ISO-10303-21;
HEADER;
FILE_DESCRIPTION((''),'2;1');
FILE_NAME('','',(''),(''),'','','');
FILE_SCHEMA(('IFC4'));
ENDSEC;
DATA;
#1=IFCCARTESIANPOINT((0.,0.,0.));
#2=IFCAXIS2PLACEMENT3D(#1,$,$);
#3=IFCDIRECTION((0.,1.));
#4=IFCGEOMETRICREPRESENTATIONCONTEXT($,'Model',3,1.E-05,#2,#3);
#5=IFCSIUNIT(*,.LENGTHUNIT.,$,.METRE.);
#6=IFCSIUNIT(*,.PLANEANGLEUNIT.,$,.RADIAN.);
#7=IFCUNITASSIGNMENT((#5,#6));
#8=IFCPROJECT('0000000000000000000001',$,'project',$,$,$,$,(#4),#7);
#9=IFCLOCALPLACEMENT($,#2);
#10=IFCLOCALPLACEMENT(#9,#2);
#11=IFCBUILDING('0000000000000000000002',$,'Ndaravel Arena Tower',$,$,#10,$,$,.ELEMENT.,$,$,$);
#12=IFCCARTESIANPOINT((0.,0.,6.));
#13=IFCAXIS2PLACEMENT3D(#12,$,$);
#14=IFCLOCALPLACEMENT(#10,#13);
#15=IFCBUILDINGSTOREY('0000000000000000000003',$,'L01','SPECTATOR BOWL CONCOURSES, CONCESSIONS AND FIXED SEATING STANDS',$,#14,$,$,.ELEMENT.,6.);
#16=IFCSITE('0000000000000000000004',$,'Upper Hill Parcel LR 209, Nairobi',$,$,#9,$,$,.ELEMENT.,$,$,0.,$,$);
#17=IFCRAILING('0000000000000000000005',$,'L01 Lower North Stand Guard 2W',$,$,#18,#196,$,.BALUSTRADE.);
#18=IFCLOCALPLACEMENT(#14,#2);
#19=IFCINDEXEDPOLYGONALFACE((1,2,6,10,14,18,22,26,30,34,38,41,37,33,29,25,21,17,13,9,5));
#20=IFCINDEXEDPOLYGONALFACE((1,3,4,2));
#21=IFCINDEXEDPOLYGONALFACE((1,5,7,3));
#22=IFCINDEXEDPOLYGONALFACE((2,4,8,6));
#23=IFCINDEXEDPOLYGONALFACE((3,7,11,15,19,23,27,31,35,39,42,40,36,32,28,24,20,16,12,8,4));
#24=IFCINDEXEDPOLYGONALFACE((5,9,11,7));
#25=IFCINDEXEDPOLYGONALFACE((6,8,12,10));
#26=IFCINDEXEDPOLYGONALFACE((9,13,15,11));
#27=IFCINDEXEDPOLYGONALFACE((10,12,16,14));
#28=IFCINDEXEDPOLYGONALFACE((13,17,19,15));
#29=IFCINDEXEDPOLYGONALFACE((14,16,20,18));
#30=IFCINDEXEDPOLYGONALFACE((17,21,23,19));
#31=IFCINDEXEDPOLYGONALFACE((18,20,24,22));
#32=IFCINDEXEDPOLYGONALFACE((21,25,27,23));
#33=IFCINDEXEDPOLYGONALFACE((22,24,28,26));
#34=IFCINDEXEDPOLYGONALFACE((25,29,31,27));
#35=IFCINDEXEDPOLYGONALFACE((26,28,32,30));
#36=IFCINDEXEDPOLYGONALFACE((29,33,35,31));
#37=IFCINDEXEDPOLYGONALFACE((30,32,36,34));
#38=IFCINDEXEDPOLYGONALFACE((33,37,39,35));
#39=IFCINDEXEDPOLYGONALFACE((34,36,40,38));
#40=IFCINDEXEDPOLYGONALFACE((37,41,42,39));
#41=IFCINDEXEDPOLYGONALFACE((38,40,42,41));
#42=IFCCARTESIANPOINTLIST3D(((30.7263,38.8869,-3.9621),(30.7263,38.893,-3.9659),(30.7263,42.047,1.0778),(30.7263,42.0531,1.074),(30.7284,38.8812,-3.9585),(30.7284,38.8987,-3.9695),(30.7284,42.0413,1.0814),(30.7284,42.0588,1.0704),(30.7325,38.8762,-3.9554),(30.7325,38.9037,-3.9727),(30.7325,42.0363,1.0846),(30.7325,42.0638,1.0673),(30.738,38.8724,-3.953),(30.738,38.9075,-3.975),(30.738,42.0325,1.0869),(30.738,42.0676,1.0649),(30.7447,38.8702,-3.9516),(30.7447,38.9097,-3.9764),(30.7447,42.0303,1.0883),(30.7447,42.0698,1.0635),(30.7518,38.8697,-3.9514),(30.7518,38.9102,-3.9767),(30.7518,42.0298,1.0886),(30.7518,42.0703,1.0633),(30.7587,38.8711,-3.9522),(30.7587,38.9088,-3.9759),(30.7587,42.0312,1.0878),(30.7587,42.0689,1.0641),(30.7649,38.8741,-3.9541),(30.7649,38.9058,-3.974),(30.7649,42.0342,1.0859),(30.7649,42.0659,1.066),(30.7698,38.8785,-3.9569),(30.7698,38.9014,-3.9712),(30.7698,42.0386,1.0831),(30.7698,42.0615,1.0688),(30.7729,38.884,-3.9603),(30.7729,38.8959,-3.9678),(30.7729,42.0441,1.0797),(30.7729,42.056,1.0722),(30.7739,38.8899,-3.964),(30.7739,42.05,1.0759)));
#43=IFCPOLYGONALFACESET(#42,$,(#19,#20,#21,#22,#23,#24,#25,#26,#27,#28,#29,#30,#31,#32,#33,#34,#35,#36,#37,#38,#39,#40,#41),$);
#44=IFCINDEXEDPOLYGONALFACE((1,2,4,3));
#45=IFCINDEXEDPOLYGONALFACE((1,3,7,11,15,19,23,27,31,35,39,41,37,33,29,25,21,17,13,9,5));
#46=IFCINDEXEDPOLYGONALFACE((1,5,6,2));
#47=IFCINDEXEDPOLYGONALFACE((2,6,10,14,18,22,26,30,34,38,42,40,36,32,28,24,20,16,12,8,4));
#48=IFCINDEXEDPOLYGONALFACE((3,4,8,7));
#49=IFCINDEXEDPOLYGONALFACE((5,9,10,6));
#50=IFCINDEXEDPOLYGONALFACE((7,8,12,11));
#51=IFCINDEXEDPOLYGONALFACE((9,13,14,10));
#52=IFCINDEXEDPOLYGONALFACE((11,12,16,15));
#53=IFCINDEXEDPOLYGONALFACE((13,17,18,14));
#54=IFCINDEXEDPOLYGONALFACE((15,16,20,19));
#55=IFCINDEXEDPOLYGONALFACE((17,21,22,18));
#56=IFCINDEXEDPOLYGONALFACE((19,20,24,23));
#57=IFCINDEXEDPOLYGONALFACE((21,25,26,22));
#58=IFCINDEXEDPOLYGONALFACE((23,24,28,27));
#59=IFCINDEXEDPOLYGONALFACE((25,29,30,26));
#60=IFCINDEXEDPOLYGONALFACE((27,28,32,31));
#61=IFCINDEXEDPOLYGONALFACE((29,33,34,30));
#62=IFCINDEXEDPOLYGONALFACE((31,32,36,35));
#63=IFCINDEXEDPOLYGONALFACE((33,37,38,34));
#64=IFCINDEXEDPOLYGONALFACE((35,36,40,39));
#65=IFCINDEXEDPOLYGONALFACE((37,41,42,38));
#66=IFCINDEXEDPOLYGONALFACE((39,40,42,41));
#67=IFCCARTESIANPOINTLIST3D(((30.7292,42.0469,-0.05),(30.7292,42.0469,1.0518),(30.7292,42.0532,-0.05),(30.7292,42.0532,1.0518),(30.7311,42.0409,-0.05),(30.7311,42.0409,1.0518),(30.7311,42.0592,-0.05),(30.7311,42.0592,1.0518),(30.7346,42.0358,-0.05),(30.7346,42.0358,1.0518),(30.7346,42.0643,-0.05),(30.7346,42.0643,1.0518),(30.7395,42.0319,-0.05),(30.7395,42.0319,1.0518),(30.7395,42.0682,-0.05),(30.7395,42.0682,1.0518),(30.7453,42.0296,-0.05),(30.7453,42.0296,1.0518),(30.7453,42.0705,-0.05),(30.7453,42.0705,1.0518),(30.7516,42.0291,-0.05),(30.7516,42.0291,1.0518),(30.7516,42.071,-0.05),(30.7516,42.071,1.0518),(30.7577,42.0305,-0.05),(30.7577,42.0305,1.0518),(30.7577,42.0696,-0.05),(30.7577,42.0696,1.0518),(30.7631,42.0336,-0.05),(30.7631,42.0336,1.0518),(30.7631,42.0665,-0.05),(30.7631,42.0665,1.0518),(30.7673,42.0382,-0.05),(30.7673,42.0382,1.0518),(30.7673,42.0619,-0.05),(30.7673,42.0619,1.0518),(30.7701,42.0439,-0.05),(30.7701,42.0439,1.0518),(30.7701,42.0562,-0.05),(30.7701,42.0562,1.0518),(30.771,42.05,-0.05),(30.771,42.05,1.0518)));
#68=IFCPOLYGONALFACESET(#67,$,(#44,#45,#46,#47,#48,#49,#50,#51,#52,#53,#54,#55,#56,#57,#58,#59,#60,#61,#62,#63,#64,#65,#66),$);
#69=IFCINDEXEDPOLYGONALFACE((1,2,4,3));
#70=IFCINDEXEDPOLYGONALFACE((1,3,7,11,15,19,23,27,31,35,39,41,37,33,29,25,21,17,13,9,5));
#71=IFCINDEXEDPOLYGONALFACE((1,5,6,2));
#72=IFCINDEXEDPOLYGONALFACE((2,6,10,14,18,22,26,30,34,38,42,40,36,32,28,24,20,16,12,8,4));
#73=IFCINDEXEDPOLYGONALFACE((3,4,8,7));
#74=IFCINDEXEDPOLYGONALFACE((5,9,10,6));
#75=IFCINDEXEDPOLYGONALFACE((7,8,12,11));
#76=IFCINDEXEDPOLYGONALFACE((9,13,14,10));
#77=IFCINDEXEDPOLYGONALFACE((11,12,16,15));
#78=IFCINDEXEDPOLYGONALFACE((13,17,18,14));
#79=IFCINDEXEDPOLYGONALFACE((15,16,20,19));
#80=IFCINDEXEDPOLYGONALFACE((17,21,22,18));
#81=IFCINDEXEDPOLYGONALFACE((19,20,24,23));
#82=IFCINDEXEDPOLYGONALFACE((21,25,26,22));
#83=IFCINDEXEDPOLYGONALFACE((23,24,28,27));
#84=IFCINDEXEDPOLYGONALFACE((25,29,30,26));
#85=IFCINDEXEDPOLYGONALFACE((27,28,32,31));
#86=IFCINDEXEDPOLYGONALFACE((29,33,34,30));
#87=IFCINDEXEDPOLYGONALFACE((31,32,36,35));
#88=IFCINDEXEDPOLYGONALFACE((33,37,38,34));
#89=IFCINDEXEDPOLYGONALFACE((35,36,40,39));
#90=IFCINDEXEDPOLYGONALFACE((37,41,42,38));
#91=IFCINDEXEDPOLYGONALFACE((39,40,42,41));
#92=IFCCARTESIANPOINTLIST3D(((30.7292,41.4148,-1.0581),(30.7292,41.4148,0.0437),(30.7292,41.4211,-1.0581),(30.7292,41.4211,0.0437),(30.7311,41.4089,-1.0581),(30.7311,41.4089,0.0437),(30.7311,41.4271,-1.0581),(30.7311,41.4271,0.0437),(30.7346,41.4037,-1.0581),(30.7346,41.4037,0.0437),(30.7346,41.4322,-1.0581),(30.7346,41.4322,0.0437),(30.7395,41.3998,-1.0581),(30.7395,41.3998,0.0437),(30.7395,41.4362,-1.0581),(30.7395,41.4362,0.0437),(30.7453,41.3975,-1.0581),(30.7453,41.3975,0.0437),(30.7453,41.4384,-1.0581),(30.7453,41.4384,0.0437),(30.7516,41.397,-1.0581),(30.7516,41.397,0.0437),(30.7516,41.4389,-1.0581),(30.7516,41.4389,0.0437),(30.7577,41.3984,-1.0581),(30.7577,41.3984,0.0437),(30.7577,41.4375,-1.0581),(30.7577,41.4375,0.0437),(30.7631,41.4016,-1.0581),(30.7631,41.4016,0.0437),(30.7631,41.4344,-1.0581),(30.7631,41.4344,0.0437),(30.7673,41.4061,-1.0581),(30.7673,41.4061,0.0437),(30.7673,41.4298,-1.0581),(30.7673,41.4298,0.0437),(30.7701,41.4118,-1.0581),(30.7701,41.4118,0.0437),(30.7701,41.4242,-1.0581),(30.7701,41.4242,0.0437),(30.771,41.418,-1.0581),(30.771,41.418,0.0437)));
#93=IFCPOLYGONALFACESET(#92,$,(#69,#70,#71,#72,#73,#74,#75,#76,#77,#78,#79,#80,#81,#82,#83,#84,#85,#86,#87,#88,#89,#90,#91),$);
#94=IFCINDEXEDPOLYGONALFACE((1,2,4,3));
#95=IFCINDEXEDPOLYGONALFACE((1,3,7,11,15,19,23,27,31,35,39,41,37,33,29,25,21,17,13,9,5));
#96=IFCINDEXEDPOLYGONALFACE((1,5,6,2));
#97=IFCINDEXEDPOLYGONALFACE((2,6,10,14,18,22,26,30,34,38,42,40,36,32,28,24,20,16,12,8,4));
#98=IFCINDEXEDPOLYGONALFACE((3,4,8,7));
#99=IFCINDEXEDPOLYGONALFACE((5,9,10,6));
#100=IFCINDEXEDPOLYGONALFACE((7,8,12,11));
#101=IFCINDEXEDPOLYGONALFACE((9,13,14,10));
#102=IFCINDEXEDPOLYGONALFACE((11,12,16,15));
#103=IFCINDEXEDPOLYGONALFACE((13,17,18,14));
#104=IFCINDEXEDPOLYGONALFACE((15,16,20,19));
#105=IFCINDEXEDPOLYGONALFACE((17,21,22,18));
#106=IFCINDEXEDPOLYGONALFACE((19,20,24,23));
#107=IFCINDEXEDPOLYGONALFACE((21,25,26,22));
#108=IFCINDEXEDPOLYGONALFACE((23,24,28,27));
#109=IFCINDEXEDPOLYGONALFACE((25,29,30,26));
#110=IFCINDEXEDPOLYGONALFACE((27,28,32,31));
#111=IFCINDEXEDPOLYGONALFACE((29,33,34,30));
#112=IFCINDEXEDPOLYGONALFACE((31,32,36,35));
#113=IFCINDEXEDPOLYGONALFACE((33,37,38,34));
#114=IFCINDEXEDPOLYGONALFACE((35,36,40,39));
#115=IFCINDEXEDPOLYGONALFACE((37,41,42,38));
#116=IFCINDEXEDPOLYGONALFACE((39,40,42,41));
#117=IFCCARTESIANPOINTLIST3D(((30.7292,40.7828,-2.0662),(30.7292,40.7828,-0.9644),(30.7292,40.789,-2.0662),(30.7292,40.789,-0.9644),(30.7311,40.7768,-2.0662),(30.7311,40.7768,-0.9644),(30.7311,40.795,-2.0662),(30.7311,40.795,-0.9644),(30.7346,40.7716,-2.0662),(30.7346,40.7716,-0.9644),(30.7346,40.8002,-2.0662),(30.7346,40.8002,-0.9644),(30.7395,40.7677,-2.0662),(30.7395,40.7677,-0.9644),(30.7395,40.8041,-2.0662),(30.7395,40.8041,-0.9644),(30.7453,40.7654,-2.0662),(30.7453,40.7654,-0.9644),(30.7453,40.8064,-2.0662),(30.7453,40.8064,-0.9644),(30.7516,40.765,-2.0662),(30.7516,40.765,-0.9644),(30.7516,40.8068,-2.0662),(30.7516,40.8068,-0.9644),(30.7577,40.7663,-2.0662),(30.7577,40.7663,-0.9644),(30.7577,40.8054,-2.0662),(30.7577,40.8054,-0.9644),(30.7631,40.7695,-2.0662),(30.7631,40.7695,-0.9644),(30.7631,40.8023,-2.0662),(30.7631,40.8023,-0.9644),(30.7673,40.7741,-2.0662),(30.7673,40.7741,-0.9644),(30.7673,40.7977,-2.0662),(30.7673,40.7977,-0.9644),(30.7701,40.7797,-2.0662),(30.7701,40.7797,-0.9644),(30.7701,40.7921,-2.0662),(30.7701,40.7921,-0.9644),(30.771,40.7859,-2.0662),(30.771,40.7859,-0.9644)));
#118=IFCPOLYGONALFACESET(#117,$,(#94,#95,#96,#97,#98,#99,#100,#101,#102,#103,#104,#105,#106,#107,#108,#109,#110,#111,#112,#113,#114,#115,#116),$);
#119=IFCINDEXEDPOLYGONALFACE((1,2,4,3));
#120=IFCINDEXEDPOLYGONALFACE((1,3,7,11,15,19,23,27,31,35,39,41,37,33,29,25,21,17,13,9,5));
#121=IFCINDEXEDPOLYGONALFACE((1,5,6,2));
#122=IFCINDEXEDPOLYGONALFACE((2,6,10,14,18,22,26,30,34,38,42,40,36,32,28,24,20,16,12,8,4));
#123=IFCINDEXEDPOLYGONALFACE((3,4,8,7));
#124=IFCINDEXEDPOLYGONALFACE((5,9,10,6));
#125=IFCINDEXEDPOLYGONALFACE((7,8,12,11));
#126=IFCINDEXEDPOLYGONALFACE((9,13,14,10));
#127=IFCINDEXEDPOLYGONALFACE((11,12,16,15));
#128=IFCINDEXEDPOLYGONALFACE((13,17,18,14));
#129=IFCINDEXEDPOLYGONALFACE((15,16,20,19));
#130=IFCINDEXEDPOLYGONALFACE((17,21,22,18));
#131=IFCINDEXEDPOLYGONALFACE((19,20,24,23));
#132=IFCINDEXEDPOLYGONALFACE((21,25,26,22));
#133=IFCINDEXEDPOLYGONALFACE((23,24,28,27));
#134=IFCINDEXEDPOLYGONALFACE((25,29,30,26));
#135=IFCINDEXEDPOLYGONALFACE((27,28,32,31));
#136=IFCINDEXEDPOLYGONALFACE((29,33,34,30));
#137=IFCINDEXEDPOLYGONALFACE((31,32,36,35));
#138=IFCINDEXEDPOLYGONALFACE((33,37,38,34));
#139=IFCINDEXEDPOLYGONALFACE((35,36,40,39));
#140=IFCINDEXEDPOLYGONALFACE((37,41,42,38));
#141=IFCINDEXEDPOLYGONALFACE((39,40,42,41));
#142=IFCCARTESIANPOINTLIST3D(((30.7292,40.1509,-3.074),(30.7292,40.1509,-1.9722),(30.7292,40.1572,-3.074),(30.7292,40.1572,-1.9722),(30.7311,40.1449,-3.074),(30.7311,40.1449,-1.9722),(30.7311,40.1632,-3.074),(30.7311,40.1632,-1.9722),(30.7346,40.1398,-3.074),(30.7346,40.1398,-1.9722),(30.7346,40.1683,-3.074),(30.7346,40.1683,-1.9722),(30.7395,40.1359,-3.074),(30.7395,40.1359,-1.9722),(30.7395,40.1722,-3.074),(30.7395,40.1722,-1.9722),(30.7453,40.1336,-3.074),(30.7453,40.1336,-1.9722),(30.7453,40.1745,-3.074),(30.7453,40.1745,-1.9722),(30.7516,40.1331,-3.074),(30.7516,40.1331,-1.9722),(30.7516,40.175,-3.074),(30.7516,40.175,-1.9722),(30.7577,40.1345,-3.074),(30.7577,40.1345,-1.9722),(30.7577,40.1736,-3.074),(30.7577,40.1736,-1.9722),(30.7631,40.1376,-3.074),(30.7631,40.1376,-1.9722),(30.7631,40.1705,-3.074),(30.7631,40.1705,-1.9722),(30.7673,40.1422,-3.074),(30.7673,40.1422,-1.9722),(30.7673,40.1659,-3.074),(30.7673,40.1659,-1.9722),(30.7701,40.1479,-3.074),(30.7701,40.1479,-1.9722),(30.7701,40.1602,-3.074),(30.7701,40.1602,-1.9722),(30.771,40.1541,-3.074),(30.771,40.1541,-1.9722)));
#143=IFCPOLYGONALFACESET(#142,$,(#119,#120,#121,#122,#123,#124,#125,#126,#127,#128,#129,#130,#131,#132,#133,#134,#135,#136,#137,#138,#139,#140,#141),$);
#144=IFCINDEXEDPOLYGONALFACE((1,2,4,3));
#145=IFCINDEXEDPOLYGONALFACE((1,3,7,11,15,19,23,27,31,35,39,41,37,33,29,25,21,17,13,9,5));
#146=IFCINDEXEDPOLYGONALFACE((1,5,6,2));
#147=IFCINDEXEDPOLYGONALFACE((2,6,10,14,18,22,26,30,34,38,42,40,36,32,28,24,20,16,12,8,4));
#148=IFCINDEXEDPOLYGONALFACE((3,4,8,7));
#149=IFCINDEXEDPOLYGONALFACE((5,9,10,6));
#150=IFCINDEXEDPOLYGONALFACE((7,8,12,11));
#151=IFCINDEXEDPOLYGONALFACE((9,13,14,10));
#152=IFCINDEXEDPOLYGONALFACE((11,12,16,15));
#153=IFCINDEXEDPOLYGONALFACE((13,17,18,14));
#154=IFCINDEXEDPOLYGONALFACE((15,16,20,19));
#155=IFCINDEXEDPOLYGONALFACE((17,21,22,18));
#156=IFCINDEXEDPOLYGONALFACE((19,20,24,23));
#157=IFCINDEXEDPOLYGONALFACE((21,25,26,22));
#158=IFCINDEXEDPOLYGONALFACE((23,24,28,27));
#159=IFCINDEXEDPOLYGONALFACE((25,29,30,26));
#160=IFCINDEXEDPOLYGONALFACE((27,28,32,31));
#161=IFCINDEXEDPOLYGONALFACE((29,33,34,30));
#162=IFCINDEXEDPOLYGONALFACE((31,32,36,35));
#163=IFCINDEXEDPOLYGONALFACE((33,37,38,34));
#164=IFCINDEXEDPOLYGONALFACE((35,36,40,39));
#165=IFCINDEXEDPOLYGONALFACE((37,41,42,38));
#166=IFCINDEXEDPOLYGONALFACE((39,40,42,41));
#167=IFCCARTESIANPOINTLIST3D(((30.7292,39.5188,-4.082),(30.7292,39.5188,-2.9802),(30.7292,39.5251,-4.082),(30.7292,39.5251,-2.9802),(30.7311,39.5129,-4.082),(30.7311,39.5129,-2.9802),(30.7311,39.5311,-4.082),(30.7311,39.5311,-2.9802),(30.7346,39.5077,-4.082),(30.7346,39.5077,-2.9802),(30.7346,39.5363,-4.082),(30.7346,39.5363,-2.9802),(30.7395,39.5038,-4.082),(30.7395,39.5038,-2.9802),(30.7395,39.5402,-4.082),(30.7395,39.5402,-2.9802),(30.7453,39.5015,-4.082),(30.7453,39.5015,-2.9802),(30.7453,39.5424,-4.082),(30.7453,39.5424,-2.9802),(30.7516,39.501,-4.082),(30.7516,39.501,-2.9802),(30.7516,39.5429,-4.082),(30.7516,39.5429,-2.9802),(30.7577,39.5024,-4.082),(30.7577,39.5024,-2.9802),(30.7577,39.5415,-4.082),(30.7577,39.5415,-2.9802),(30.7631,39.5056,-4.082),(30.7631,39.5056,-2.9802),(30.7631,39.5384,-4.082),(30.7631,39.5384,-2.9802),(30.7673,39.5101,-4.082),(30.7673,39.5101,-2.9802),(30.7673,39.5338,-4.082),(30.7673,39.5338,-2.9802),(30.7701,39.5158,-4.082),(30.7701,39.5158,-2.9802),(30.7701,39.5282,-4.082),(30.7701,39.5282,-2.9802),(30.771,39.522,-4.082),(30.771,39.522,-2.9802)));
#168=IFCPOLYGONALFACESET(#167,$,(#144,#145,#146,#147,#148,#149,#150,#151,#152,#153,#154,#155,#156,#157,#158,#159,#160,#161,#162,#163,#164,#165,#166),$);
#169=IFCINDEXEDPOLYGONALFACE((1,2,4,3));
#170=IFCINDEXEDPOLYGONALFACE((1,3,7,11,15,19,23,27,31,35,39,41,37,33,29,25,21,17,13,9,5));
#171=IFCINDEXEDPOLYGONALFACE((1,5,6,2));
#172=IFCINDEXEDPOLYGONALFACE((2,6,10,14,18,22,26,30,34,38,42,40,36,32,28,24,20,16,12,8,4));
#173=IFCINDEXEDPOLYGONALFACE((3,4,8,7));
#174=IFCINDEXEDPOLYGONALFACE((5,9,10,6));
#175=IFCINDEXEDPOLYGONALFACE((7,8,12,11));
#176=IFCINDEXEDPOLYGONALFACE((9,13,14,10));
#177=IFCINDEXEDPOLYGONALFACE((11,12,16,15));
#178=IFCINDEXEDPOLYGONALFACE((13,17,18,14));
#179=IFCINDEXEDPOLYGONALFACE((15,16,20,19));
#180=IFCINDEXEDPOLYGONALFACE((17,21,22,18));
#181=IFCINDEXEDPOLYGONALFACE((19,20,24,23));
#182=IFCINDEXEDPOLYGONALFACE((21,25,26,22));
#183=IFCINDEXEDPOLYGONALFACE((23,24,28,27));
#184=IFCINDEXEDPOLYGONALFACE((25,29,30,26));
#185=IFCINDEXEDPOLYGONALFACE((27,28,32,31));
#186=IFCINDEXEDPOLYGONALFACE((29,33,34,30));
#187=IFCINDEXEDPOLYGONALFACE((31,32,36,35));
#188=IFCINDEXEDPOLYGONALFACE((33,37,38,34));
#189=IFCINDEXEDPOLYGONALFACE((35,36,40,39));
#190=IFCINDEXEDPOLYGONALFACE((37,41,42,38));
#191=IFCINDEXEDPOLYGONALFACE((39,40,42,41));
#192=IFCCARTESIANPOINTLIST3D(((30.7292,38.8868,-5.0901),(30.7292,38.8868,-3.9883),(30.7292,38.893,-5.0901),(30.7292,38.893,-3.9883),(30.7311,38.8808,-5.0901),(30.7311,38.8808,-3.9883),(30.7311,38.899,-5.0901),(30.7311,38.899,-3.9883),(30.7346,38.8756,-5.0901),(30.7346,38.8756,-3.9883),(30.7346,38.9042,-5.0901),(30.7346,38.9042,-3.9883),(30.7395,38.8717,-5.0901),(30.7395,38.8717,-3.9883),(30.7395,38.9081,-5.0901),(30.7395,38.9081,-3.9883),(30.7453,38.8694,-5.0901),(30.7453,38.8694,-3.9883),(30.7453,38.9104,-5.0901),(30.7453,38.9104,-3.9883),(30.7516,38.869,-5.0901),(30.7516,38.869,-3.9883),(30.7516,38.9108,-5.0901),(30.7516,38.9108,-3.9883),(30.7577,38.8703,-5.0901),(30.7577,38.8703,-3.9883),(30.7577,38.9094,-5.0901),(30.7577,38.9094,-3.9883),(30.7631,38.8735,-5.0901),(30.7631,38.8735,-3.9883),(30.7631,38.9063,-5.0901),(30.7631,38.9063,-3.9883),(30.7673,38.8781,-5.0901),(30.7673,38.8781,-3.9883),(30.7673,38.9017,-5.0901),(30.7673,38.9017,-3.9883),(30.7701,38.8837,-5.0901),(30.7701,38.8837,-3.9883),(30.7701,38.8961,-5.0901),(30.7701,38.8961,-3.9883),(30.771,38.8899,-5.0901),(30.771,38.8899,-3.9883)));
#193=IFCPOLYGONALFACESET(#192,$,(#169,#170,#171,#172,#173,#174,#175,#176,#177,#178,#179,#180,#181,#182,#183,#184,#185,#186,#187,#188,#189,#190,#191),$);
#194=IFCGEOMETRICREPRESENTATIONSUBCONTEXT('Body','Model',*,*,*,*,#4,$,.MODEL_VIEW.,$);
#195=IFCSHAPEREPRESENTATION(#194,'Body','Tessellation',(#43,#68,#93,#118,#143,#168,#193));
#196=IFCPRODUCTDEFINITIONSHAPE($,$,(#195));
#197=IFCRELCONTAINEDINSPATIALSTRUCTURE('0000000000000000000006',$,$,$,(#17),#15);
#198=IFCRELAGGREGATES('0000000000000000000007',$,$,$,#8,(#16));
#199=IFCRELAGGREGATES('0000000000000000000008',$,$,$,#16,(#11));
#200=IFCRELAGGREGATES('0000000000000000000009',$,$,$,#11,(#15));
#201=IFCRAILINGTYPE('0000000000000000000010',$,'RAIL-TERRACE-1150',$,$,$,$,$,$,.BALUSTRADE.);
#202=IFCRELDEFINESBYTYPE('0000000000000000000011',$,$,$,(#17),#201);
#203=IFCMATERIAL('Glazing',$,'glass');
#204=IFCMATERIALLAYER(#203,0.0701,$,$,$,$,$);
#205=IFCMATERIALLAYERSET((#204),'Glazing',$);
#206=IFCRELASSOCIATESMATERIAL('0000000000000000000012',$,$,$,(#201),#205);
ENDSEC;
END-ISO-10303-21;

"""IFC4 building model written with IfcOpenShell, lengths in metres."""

from ifc_helpers import new_model, si_unit, direction, frame, origin, origin_2d, place, context, subcontext, project, spatial, circle, extrude, material, layer, layer_set, type_object, element, save


model = new_model("IFC4")

# Units and contexts
model_context = context("Model", 3, precision=1e-05, world=origin(), true_north=direction((0.0, 1.0)))
body_context = subcontext(model_context, "Body", "Model", "MODEL_VIEW")
ifc_project = project(units=[si_unit("LENGTHUNIT", "METRE"), si_unit("PLANEANGLEUNIT", "RADIAN")], contexts=[model_context])

# Site, building, storey
site_placement = place(None, origin())
site = spatial("IfcSite", under=ifc_project, at=site_placement, Name="Upper Hill Parcel LR 209, Nairobi", CompositionType="ELEMENT", RefElevation=0.0)
building_placement = place(site_placement, origin())
building = spatial("IfcBuilding", under=site, at=building_placement, Name="Ndaravel Arena Tower", CompositionType="ELEMENT")
storey_placement = place(building_placement, frame((0.0, 0.0, 6.0)))
storey = spatial("IfcBuildingStorey", under=building, at=storey_placement, Name="L01", Description="SPECTATOR BOWL CONCOURSES, CONCESSIONS AND FIXED SEATING STANDS", CompositionType="ELEMENT", Elevation=6.0)

# Railing
ifc_material_1 = material(Name="Glazing", Category="glass")
ifc_layer_1 = layer(ifc_material_1, 0.0701)
ifc_layer_set_1 = layer_set([ifc_layer_1], Name="Glazing")
railing_type_1 = type_object("IfcRailingType", Name="RAIL-TERRACE-1150", PredefinedType="BALUSTRADE", material=ifc_layer_set_1)
railing_1_placement = place(storey_placement, frame((30.75, 42.05, -0.05)))
element("IfcRailing", 1, at=railing_1_placement, inside=storey, type_object=railing_type_1, Name="L01 Lower North Stand Guard 2W", PredefinedType="BALUSTRADE", context=body_context, shape_type="SweptSolid", body=[
    extrude(circle(Radius=0.0239, at=origin_2d()), frame((0.0, 0.0, 1.126), z_axis=(0.0, -0.531223, -0.847232), x_axis=(1.0, 0.0, 0.0)), (0.0, 0.0, 1.0), 5.9487),
    extrude(circle(Radius=0.021, at=origin_2d()), origin(), (0.0, 0.0, 1.0), 1.1018),
    extrude(circle(Radius=0.021, at=origin_2d()), frame((0.0, -0.6321, -1.0081)), (0.0, 0.0, 1.0), 1.1018),
    extrude(circle(Radius=0.021, at=origin_2d()), frame((0.0, -1.2642, -2.0161)), (0.0, 0.0, 1.0), 1.1018),
    extrude(circle(Radius=0.021, at=origin_2d()), frame((0.0, -1.896, -3.0239)), (0.0, 0.0, 1.0), 1.1018),
    extrude(circle(Radius=0.021, at=origin_2d()), frame((0.0, -2.5281, -4.032)), (0.0, 0.0, 1.0), 1.1018),
    extrude(circle(Radius=0.021, at=origin_2d()), frame((0.0, -3.1602, -5.04)), (0.0, 0.0, 1.0), 1.1018),
])

save(model, "model.ifc")
